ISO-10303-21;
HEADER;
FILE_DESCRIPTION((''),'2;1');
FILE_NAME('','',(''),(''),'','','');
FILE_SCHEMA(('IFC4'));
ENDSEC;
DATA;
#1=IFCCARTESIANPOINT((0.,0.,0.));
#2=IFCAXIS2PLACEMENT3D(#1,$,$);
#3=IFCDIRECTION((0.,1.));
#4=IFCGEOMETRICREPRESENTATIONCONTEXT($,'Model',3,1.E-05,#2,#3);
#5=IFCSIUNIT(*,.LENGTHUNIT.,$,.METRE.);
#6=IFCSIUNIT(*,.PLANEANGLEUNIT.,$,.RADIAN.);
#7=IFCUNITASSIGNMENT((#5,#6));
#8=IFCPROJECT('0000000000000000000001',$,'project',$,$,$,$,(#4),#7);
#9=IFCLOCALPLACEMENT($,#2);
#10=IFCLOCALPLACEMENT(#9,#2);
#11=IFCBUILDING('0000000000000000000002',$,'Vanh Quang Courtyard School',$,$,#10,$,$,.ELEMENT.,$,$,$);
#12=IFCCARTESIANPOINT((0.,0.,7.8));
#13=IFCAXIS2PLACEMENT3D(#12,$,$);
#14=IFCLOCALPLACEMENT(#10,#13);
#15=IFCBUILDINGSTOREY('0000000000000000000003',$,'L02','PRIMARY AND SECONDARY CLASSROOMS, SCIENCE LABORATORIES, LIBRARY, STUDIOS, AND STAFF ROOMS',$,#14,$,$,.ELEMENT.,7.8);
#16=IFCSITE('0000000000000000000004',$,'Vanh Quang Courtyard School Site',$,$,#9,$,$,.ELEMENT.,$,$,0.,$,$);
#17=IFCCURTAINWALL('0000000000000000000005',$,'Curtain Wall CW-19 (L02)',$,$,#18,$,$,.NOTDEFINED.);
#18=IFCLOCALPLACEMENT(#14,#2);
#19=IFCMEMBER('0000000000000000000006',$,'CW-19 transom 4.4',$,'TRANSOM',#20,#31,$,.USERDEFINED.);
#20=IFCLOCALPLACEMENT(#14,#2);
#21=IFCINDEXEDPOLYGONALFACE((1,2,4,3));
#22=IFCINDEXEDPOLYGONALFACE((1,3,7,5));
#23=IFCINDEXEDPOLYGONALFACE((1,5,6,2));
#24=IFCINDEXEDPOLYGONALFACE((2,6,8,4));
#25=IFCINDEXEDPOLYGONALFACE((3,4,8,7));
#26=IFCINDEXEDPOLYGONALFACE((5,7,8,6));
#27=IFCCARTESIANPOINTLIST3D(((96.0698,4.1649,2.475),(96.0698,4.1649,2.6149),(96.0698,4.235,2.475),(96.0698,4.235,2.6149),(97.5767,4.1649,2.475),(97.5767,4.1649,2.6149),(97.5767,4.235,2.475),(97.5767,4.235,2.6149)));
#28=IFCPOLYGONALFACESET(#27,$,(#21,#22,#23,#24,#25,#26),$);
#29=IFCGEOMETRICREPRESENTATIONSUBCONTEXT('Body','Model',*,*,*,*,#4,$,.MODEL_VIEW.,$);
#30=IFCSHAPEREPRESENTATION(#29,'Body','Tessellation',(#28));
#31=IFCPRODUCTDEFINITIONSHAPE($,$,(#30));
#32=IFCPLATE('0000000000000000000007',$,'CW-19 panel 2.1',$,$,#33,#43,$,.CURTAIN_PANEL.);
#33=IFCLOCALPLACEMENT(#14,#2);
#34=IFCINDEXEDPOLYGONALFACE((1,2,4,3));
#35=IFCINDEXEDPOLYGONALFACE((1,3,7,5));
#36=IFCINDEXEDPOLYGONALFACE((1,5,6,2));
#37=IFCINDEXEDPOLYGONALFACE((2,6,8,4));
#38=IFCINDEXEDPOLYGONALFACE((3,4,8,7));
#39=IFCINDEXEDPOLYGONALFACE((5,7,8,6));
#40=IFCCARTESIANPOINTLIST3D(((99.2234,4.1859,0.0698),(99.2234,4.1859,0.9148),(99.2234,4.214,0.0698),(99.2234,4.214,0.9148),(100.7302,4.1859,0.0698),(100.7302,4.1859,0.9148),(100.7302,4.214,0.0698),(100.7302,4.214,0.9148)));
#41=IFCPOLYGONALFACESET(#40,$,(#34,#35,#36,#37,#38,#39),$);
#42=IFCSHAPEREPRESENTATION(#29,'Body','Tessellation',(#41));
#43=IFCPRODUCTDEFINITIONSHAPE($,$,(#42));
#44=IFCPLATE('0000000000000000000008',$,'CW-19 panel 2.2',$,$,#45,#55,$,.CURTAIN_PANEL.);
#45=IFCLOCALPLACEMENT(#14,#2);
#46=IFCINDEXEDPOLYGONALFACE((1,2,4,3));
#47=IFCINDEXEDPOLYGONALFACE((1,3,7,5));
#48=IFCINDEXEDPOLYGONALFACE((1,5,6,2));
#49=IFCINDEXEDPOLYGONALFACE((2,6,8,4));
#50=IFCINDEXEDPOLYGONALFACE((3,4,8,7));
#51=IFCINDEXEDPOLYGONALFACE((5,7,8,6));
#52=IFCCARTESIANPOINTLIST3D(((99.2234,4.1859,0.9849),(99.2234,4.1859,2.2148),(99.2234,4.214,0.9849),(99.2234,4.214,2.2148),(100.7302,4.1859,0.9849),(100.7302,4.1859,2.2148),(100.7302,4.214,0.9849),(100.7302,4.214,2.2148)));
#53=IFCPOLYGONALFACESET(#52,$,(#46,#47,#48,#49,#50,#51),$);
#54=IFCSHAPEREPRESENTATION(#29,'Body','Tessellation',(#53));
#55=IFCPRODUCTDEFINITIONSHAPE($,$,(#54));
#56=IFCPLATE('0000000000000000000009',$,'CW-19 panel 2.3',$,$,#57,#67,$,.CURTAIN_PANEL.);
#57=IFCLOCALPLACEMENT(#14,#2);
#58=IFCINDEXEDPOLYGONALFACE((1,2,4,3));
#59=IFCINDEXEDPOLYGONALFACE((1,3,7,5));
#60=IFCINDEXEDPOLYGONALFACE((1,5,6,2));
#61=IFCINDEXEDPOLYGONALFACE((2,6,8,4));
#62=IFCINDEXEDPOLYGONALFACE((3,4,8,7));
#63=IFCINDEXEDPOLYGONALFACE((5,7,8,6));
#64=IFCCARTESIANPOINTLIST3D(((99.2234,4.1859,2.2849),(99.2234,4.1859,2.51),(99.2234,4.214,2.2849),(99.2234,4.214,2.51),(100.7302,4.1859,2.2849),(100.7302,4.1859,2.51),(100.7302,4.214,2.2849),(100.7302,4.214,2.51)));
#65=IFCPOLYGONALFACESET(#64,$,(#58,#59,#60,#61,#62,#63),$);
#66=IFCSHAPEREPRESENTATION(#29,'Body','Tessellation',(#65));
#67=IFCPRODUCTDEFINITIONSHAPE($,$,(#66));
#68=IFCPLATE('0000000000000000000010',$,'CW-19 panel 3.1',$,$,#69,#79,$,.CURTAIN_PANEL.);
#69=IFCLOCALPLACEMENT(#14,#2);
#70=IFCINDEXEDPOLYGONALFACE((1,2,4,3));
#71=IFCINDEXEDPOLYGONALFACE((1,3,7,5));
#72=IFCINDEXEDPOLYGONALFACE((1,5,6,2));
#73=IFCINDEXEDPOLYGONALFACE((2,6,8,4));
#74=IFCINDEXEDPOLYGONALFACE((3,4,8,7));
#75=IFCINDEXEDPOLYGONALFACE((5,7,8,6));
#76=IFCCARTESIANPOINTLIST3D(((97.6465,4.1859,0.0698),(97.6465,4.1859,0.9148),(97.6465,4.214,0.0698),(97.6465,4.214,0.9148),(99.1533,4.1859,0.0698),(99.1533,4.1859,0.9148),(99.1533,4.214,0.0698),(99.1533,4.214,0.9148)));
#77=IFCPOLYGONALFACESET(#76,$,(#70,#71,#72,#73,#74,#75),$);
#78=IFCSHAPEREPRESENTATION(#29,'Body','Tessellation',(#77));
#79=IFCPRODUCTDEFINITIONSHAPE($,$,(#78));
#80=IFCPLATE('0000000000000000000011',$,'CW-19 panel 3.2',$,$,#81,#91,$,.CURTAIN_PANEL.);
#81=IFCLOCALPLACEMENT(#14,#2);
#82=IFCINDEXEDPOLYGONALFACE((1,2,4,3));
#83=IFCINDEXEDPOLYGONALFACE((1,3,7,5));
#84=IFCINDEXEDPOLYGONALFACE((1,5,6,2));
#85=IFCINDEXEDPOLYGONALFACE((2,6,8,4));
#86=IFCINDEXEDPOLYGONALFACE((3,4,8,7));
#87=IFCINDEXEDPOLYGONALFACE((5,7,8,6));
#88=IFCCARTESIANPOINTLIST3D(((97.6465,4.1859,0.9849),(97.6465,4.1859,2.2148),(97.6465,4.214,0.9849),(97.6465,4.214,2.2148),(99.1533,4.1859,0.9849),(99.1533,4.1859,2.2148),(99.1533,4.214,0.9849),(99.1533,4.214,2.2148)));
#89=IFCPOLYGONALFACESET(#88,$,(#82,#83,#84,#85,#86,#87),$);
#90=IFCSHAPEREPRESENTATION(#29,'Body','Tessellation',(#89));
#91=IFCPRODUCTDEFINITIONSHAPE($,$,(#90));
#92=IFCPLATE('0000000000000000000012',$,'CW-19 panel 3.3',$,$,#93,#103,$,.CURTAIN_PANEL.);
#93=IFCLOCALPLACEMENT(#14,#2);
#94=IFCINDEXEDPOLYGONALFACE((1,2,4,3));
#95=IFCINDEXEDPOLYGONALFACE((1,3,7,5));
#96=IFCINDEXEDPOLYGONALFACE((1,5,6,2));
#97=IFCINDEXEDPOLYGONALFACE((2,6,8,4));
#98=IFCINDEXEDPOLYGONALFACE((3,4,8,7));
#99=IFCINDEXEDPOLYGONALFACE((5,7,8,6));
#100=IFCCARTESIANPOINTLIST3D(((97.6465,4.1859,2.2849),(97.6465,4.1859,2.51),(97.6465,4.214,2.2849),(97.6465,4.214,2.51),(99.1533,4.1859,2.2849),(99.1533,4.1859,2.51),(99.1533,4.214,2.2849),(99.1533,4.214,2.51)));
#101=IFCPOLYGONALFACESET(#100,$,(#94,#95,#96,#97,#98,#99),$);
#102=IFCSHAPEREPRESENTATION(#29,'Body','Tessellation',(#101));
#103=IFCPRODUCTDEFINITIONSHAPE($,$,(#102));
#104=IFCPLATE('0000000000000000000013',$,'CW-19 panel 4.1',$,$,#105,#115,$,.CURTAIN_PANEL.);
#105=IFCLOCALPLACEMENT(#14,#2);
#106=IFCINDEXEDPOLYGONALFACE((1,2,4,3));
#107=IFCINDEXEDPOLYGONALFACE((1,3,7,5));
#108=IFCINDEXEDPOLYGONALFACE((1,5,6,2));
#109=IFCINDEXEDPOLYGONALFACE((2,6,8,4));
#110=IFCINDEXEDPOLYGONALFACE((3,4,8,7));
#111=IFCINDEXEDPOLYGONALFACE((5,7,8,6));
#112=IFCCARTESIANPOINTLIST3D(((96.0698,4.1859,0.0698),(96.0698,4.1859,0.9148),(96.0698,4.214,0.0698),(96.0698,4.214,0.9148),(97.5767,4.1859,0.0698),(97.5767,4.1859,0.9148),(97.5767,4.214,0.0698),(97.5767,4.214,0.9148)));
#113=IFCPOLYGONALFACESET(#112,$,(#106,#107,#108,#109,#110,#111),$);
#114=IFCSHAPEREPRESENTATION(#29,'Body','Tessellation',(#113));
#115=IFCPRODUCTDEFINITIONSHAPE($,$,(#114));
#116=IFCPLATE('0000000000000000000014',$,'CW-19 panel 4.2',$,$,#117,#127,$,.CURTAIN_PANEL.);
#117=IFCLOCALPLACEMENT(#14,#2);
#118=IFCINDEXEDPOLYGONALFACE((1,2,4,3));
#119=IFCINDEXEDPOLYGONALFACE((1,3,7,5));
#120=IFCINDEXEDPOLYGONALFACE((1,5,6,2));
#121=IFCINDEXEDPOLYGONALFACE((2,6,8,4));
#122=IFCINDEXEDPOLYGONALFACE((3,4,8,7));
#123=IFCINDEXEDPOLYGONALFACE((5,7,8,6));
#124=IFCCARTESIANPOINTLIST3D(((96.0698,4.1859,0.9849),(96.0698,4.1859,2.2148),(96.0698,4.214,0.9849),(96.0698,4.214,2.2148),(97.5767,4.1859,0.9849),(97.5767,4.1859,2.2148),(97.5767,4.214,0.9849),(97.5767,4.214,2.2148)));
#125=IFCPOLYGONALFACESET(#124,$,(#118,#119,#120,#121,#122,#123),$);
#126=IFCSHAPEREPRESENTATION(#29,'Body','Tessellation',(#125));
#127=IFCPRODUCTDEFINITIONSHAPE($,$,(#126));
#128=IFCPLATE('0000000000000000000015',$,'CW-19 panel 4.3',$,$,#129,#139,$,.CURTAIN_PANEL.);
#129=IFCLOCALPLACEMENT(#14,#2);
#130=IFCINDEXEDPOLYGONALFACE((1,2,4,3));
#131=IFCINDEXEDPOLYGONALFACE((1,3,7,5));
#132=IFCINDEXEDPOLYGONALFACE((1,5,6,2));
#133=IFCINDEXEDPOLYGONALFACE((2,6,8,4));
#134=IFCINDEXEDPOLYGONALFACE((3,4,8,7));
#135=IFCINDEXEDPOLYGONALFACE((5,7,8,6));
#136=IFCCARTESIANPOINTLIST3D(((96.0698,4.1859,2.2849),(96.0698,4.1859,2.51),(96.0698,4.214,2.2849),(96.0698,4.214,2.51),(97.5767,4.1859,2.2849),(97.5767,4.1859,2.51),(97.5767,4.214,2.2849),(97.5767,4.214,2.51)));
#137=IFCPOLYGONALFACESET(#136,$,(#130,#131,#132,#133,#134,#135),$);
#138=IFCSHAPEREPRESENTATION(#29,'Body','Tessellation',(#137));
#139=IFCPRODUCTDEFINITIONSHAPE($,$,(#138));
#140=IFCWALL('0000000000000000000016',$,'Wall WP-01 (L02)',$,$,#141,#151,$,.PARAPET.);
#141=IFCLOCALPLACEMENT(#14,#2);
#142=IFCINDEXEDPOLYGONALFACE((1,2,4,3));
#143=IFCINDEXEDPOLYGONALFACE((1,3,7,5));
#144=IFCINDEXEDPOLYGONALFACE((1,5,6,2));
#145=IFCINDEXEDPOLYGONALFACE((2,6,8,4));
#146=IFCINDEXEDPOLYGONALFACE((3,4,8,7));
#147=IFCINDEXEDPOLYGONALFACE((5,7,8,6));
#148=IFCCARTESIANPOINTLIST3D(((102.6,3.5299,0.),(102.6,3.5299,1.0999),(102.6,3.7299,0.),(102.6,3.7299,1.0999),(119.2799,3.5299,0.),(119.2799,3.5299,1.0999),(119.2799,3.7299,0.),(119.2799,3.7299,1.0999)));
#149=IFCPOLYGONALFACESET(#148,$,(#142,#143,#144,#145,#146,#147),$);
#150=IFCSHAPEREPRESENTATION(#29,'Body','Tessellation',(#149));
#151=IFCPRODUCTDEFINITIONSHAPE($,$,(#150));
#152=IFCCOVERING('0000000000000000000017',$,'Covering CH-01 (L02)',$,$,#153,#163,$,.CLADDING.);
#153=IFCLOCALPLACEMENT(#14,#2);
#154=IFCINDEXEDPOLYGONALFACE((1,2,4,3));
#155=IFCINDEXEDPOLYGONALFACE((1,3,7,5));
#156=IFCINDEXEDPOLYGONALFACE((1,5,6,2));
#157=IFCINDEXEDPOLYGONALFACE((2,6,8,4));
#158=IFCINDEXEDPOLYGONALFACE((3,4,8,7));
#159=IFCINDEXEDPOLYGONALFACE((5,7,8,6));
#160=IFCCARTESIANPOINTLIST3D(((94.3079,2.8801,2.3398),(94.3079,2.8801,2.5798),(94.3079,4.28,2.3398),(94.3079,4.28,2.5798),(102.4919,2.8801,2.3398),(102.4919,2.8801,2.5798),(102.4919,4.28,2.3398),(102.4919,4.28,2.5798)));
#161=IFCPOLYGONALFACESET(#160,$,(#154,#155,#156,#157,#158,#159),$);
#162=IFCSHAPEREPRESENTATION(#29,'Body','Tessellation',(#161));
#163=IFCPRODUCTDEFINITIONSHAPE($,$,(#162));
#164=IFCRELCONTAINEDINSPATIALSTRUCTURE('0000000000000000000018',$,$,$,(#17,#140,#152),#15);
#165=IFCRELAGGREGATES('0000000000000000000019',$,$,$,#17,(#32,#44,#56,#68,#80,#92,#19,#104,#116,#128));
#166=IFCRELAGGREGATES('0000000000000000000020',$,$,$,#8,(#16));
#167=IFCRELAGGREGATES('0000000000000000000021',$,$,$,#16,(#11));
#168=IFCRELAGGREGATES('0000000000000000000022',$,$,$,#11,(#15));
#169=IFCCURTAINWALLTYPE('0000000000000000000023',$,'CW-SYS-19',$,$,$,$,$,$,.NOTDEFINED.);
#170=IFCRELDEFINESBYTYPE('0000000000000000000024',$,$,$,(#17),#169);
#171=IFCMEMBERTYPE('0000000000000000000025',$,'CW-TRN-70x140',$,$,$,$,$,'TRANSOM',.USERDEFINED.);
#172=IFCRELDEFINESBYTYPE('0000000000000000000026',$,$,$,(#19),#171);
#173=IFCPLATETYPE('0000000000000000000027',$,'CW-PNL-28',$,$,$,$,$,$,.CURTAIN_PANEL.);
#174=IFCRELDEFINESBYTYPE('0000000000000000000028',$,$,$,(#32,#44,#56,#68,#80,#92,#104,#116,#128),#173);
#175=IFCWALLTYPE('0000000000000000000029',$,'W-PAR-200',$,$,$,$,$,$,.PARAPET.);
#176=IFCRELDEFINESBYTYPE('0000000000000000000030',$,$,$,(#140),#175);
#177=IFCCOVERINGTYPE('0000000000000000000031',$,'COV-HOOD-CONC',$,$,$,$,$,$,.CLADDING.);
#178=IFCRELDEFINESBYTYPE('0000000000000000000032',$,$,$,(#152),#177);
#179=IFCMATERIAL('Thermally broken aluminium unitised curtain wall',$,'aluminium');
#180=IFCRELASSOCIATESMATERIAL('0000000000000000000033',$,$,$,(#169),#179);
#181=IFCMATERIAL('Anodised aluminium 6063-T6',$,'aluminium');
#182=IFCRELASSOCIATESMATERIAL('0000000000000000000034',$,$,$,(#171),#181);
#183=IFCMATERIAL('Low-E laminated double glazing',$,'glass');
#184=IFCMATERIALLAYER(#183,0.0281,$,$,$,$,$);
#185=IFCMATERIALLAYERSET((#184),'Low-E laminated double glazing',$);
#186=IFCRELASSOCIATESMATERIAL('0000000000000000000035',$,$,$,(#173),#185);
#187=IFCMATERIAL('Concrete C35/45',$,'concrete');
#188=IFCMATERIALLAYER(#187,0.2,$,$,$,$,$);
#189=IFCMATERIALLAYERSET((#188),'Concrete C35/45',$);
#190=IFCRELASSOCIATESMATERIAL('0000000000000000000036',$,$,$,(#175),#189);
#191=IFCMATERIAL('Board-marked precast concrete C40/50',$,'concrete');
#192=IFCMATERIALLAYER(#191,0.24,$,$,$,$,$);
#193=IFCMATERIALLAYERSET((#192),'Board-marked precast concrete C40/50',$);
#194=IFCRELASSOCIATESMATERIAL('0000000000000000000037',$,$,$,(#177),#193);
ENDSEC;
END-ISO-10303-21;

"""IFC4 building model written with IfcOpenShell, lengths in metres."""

from ifc_helpers import new_model, si_unit, direction, frame, frame_2d, origin, origin_2d, place, context, subcontext, project, spatial, rectangle, extrude, material, layer, layer_set, material_profile, profile_set, type_object, element, aggregate, save


model = new_model("IFC4")

# Units and contexts
model_context = context("Model", 3, precision=1e-05, world=origin(), true_north=direction((0.0, 1.0)))
body_context = subcontext(model_context, "Body", "Model", "MODEL_VIEW")
ifc_project = project(units=[si_unit("LENGTHUNIT", "METRE"), si_unit("PLANEANGLEUNIT", "RADIAN")], contexts=[model_context])

# Site, building, storey
site_placement = place(None, origin())
site = spatial("IfcSite", under=ifc_project, at=site_placement, Name="Vanh Quang Courtyard School Site", CompositionType="ELEMENT", RefElevation=0.0)
building_placement = place(site_placement, origin())
building = spatial("IfcBuilding", under=site, at=building_placement, Name="Vanh Quang Courtyard School", CompositionType="ELEMENT")
storey_placement = place(building_placement, frame((0.0, 0.0, 7.8)))
storey = spatial("IfcBuildingStorey", under=building, at=storey_placement, Name="L02", Description="PRIMARY AND SECONDARY CLASSROOMS, SCIENCE LABORATORIES, LIBRARY, STUDIOS, AND STAFF ROOMS", CompositionType="ELEMENT", Elevation=7.8)

# Shared definitions
ifc_material_1 = material(Name="Concrete C35/45", Category="concrete")

# Curtain wall, member, plates
ifc_material_2 = material(Name="Thermally broken aluminium unitised curtain wall", Category="aluminium")
curtain_wall_type = type_object("IfcCurtainWallType", Name="CW-SYS-19", PredefinedType="NOTDEFINED", material=ifc_material_2)
curtain_wall_placement = place(storey_placement, origin())
curtain_wall = element("IfcCurtainWall", 1, at=curtain_wall_placement, inside=storey, type_object=curtain_wall_type, Name="Curtain Wall CW-19 (L02)", PredefinedType="NOTDEFINED")
ifc_material_3 = material(Name="Anodised aluminium 6063-T6", Category="aluminium")
ifc_material_profile_1 = material_profile(ifc_material_3, rectangle(XDim=0.0701, YDim=0.1399, at=origin_2d()), Name="ALU-TRN 70x140")
ifc_profile_set_1 = profile_set([ifc_material_profile_1], Name="Anodised aluminium 6063-T6")
member_type_1 = type_object("IfcMemberType", Name="CW-TRN-70x140", ElementType="TRANSOM", PredefinedType="USERDEFINED", material=ifc_profile_set_1)
member_1_placement = place(storey_placement, frame((97.5767, 4.2, 2.5449), z_axis=(-1.0, 0.0, 0.0), x_axis=(0.0, -1.0, 0.0)))
member_1 = element("IfcMember", 2, at=member_1_placement, type_object=member_type_1, Name="CW-19 transom 4.4", ObjectType="TRANSOM", PredefinedType="USERDEFINED", context=body_context, shape_type="SweptSolid", body=[
    extrude(rectangle(XDim=0.0701, YDim=0.1399, at=origin_2d()), origin(), (0.0, 0.0, 1.0), 1.5068),
])
ifc_material_4 = material(Name="Low-E laminated double glazing", Category="glass")
ifc_layer_1 = layer(ifc_material_4, 0.0281)
ifc_layer_set_1 = layer_set([ifc_layer_1], Name="Low-E laminated double glazing")
plate_type = type_object("IfcPlateType", Name="CW-PNL-28", PredefinedType="CURTAIN_PANEL", material=ifc_layer_set_1)
plate_1_placement = place(storey_placement, frame((99.9768, 4.2, 0.0698), z_axis=(0.0, 0.0, 1.0), x_axis=(-1.0, 0.0, 0.0)))
plate_1 = element("IfcPlate", 3, at=plate_1_placement, type_object=plate_type, Name="CW-19 panel 2.1", PredefinedType="CURTAIN_PANEL", context=body_context, shape_type="SweptSolid", body=[
    extrude(rectangle(XDim=1.5068, YDim=0.0281, at=origin_2d()), origin(), (0.0, 0.0, 1.0), 0.845),
])
plate_2_placement = place(storey_placement, frame((99.9768, 4.2, 0.9849), z_axis=(0.0, 0.0, 1.0), x_axis=(-1.0, 0.0, 0.0)))
plate_2 = element("IfcPlate", 4, at=plate_2_placement, type_object=plate_type, Name="CW-19 panel 2.2", PredefinedType="CURTAIN_PANEL", context=body_context, shape_type="SweptSolid", body=[
    extrude(rectangle(XDim=1.5068, YDim=0.0281, at=origin_2d()), origin(), (0.0, 0.0, 1.0), 1.23),
])
plate_3_placement = place(storey_placement, frame((99.9768, 4.2, 2.2849), z_axis=(0.0, 0.0, 1.0), x_axis=(-1.0, 0.0, 0.0)))
plate_3 = element("IfcPlate", 5, at=plate_3_placement, type_object=plate_type, Name="CW-19 panel 2.3", PredefinedType="CURTAIN_PANEL", context=body_context, shape_type="SweptSolid", body=[
    extrude(rectangle(XDim=1.5068, YDim=0.0281, at=origin_2d()), origin(), (0.0, 0.0, 1.0), 0.2251),
])
plate_4_placement = place(storey_placement, frame((98.3999, 4.2, 0.0698), z_axis=(0.0, 0.0, 1.0), x_axis=(-1.0, 0.0, 0.0)))
plate_4 = element("IfcPlate", 6, at=plate_4_placement, type_object=plate_type, Name="CW-19 panel 3.1", PredefinedType="CURTAIN_PANEL", context=body_context, shape_type="SweptSolid", body=[
    extrude(rectangle(XDim=1.5068, YDim=0.0281, at=origin_2d()), origin(), (0.0, 0.0, 1.0), 0.845),
])
plate_5_placement = place(storey_placement, frame((98.3999, 4.2, 0.9849), z_axis=(0.0, 0.0, 1.0), x_axis=(-1.0, 0.0, 0.0)))
plate_5 = element("IfcPlate", 7, at=plate_5_placement, type_object=plate_type, Name="CW-19 panel 3.2", PredefinedType="CURTAIN_PANEL", context=body_context, shape_type="SweptSolid", body=[
    extrude(rectangle(XDim=1.5068, YDim=0.0281, at=origin_2d()), origin(), (0.0, 0.0, 1.0), 1.23),
])
plate_6_placement = place(storey_placement, frame((98.3999, 4.2, 2.2849), z_axis=(0.0, 0.0, 1.0), x_axis=(-1.0, 0.0, 0.0)))
plate_6 = element("IfcPlate", 8, at=plate_6_placement, type_object=plate_type, Name="CW-19 panel 3.3", PredefinedType="CURTAIN_PANEL", context=body_context, shape_type="SweptSolid", body=[
    extrude(rectangle(XDim=1.5068, YDim=0.0281, at=origin_2d()), origin(), (0.0, 0.0, 1.0), 0.2251),
])
plate_7_placement = place(storey_placement, frame((96.8232, 4.2, 0.0698), z_axis=(0.0, 0.0, 1.0), x_axis=(-1.0, 0.0, 0.0)))
plate_7 = element("IfcPlate", 9, at=plate_7_placement, type_object=plate_type, Name="CW-19 panel 4.1", PredefinedType="CURTAIN_PANEL", context=body_context, shape_type="SweptSolid", body=[
    extrude(rectangle(XDim=1.5068, YDim=0.0281, at=origin_2d()), origin(), (0.0, 0.0, 1.0), 0.845),
])
plate_8_placement = place(storey_placement, frame((96.8232, 4.2, 0.9849), z_axis=(0.0, 0.0, 1.0), x_axis=(-1.0, 0.0, 0.0)))
plate_8 = element("IfcPlate", 10, at=plate_8_placement, type_object=plate_type, Name="CW-19 panel 4.2", PredefinedType="CURTAIN_PANEL", context=body_context, shape_type="SweptSolid", body=[
    extrude(rectangle(XDim=1.5068, YDim=0.0281, at=origin_2d()), origin(), (0.0, 0.0, 1.0), 1.23),
])
plate_9_placement = place(storey_placement, frame((96.8232, 4.2, 2.2849), z_axis=(0.0, 0.0, 1.0), x_axis=(-1.0, 0.0, 0.0)))
plate_9 = element("IfcPlate", 11, at=plate_9_placement, type_object=plate_type, Name="CW-19 panel 4.3", PredefinedType="CURTAIN_PANEL", context=body_context, shape_type="SweptSolid", body=[
    extrude(rectangle(XDim=1.5068, YDim=0.0281, at=origin_2d()), origin(), (0.0, 0.0, 1.0), 0.2251),
])
aggregate(curtain_wall, [plate_1, plate_2, plate_3, plate_4, plate_5, plate_6, member_1, plate_7, plate_8, plate_9])

# Wall
ifc_layer_2 = layer(ifc_material_1, 0.2)
ifc_layer_set_2 = layer_set([ifc_layer_2], Name="Concrete C35/45")
wall_type = type_object("IfcWallType", Name="W-PAR-200", PredefinedType="PARAPET", material=ifc_layer_set_2)
wall_placement = place(storey_placement, frame((102.6001, 3.6299, 0.0), z_axis=(0.0, 0.0, 1.0), x_axis=(1.0, 0.0, 0.0)))
element("IfcWall", 12, at=wall_placement, inside=storey, type_object=wall_type, Name="Wall WP-01 (L02)", PredefinedType="PARAPET", context=body_context, shape_type="SweptSolid", body=[
    extrude(rectangle(XDim=16.6799, YDim=0.2, at=frame_2d((8.3398, 0.0))), origin(), (0.0, 0.0, 1.0), 1.0999),
])

# Covering
ifc_material_5 = material(Name="Board-marked precast concrete C40/50", Category="concrete")
ifc_layer_3 = layer(ifc_material_5, 0.24)
ifc_layer_set_3 = layer_set([ifc_layer_3], Name="Board-marked precast concrete C40/50")
covering_type = type_object("IfcCoveringType", Name="COV-HOOD-CONC", PredefinedType="CLADDING", material=ifc_layer_set_3)
covering_placement = place(storey_placement, frame((98.3999, 3.5801, 2.3398), z_axis=(0.0, 0.0, 1.0), x_axis=(-1.0, 0.0, 0.0)))
element("IfcCovering", 13, at=covering_placement, inside=storey, type_object=covering_type, Name="Covering CH-01 (L02)", PredefinedType="CLADDING", context=body_context, shape_type="SweptSolid", body=[
    extrude(rectangle(XDim=8.1841, YDim=1.3999, at=origin_2d()), origin(), (0.0, 0.0, 1.0), 0.24),
])

save(model, "model.ifc")
